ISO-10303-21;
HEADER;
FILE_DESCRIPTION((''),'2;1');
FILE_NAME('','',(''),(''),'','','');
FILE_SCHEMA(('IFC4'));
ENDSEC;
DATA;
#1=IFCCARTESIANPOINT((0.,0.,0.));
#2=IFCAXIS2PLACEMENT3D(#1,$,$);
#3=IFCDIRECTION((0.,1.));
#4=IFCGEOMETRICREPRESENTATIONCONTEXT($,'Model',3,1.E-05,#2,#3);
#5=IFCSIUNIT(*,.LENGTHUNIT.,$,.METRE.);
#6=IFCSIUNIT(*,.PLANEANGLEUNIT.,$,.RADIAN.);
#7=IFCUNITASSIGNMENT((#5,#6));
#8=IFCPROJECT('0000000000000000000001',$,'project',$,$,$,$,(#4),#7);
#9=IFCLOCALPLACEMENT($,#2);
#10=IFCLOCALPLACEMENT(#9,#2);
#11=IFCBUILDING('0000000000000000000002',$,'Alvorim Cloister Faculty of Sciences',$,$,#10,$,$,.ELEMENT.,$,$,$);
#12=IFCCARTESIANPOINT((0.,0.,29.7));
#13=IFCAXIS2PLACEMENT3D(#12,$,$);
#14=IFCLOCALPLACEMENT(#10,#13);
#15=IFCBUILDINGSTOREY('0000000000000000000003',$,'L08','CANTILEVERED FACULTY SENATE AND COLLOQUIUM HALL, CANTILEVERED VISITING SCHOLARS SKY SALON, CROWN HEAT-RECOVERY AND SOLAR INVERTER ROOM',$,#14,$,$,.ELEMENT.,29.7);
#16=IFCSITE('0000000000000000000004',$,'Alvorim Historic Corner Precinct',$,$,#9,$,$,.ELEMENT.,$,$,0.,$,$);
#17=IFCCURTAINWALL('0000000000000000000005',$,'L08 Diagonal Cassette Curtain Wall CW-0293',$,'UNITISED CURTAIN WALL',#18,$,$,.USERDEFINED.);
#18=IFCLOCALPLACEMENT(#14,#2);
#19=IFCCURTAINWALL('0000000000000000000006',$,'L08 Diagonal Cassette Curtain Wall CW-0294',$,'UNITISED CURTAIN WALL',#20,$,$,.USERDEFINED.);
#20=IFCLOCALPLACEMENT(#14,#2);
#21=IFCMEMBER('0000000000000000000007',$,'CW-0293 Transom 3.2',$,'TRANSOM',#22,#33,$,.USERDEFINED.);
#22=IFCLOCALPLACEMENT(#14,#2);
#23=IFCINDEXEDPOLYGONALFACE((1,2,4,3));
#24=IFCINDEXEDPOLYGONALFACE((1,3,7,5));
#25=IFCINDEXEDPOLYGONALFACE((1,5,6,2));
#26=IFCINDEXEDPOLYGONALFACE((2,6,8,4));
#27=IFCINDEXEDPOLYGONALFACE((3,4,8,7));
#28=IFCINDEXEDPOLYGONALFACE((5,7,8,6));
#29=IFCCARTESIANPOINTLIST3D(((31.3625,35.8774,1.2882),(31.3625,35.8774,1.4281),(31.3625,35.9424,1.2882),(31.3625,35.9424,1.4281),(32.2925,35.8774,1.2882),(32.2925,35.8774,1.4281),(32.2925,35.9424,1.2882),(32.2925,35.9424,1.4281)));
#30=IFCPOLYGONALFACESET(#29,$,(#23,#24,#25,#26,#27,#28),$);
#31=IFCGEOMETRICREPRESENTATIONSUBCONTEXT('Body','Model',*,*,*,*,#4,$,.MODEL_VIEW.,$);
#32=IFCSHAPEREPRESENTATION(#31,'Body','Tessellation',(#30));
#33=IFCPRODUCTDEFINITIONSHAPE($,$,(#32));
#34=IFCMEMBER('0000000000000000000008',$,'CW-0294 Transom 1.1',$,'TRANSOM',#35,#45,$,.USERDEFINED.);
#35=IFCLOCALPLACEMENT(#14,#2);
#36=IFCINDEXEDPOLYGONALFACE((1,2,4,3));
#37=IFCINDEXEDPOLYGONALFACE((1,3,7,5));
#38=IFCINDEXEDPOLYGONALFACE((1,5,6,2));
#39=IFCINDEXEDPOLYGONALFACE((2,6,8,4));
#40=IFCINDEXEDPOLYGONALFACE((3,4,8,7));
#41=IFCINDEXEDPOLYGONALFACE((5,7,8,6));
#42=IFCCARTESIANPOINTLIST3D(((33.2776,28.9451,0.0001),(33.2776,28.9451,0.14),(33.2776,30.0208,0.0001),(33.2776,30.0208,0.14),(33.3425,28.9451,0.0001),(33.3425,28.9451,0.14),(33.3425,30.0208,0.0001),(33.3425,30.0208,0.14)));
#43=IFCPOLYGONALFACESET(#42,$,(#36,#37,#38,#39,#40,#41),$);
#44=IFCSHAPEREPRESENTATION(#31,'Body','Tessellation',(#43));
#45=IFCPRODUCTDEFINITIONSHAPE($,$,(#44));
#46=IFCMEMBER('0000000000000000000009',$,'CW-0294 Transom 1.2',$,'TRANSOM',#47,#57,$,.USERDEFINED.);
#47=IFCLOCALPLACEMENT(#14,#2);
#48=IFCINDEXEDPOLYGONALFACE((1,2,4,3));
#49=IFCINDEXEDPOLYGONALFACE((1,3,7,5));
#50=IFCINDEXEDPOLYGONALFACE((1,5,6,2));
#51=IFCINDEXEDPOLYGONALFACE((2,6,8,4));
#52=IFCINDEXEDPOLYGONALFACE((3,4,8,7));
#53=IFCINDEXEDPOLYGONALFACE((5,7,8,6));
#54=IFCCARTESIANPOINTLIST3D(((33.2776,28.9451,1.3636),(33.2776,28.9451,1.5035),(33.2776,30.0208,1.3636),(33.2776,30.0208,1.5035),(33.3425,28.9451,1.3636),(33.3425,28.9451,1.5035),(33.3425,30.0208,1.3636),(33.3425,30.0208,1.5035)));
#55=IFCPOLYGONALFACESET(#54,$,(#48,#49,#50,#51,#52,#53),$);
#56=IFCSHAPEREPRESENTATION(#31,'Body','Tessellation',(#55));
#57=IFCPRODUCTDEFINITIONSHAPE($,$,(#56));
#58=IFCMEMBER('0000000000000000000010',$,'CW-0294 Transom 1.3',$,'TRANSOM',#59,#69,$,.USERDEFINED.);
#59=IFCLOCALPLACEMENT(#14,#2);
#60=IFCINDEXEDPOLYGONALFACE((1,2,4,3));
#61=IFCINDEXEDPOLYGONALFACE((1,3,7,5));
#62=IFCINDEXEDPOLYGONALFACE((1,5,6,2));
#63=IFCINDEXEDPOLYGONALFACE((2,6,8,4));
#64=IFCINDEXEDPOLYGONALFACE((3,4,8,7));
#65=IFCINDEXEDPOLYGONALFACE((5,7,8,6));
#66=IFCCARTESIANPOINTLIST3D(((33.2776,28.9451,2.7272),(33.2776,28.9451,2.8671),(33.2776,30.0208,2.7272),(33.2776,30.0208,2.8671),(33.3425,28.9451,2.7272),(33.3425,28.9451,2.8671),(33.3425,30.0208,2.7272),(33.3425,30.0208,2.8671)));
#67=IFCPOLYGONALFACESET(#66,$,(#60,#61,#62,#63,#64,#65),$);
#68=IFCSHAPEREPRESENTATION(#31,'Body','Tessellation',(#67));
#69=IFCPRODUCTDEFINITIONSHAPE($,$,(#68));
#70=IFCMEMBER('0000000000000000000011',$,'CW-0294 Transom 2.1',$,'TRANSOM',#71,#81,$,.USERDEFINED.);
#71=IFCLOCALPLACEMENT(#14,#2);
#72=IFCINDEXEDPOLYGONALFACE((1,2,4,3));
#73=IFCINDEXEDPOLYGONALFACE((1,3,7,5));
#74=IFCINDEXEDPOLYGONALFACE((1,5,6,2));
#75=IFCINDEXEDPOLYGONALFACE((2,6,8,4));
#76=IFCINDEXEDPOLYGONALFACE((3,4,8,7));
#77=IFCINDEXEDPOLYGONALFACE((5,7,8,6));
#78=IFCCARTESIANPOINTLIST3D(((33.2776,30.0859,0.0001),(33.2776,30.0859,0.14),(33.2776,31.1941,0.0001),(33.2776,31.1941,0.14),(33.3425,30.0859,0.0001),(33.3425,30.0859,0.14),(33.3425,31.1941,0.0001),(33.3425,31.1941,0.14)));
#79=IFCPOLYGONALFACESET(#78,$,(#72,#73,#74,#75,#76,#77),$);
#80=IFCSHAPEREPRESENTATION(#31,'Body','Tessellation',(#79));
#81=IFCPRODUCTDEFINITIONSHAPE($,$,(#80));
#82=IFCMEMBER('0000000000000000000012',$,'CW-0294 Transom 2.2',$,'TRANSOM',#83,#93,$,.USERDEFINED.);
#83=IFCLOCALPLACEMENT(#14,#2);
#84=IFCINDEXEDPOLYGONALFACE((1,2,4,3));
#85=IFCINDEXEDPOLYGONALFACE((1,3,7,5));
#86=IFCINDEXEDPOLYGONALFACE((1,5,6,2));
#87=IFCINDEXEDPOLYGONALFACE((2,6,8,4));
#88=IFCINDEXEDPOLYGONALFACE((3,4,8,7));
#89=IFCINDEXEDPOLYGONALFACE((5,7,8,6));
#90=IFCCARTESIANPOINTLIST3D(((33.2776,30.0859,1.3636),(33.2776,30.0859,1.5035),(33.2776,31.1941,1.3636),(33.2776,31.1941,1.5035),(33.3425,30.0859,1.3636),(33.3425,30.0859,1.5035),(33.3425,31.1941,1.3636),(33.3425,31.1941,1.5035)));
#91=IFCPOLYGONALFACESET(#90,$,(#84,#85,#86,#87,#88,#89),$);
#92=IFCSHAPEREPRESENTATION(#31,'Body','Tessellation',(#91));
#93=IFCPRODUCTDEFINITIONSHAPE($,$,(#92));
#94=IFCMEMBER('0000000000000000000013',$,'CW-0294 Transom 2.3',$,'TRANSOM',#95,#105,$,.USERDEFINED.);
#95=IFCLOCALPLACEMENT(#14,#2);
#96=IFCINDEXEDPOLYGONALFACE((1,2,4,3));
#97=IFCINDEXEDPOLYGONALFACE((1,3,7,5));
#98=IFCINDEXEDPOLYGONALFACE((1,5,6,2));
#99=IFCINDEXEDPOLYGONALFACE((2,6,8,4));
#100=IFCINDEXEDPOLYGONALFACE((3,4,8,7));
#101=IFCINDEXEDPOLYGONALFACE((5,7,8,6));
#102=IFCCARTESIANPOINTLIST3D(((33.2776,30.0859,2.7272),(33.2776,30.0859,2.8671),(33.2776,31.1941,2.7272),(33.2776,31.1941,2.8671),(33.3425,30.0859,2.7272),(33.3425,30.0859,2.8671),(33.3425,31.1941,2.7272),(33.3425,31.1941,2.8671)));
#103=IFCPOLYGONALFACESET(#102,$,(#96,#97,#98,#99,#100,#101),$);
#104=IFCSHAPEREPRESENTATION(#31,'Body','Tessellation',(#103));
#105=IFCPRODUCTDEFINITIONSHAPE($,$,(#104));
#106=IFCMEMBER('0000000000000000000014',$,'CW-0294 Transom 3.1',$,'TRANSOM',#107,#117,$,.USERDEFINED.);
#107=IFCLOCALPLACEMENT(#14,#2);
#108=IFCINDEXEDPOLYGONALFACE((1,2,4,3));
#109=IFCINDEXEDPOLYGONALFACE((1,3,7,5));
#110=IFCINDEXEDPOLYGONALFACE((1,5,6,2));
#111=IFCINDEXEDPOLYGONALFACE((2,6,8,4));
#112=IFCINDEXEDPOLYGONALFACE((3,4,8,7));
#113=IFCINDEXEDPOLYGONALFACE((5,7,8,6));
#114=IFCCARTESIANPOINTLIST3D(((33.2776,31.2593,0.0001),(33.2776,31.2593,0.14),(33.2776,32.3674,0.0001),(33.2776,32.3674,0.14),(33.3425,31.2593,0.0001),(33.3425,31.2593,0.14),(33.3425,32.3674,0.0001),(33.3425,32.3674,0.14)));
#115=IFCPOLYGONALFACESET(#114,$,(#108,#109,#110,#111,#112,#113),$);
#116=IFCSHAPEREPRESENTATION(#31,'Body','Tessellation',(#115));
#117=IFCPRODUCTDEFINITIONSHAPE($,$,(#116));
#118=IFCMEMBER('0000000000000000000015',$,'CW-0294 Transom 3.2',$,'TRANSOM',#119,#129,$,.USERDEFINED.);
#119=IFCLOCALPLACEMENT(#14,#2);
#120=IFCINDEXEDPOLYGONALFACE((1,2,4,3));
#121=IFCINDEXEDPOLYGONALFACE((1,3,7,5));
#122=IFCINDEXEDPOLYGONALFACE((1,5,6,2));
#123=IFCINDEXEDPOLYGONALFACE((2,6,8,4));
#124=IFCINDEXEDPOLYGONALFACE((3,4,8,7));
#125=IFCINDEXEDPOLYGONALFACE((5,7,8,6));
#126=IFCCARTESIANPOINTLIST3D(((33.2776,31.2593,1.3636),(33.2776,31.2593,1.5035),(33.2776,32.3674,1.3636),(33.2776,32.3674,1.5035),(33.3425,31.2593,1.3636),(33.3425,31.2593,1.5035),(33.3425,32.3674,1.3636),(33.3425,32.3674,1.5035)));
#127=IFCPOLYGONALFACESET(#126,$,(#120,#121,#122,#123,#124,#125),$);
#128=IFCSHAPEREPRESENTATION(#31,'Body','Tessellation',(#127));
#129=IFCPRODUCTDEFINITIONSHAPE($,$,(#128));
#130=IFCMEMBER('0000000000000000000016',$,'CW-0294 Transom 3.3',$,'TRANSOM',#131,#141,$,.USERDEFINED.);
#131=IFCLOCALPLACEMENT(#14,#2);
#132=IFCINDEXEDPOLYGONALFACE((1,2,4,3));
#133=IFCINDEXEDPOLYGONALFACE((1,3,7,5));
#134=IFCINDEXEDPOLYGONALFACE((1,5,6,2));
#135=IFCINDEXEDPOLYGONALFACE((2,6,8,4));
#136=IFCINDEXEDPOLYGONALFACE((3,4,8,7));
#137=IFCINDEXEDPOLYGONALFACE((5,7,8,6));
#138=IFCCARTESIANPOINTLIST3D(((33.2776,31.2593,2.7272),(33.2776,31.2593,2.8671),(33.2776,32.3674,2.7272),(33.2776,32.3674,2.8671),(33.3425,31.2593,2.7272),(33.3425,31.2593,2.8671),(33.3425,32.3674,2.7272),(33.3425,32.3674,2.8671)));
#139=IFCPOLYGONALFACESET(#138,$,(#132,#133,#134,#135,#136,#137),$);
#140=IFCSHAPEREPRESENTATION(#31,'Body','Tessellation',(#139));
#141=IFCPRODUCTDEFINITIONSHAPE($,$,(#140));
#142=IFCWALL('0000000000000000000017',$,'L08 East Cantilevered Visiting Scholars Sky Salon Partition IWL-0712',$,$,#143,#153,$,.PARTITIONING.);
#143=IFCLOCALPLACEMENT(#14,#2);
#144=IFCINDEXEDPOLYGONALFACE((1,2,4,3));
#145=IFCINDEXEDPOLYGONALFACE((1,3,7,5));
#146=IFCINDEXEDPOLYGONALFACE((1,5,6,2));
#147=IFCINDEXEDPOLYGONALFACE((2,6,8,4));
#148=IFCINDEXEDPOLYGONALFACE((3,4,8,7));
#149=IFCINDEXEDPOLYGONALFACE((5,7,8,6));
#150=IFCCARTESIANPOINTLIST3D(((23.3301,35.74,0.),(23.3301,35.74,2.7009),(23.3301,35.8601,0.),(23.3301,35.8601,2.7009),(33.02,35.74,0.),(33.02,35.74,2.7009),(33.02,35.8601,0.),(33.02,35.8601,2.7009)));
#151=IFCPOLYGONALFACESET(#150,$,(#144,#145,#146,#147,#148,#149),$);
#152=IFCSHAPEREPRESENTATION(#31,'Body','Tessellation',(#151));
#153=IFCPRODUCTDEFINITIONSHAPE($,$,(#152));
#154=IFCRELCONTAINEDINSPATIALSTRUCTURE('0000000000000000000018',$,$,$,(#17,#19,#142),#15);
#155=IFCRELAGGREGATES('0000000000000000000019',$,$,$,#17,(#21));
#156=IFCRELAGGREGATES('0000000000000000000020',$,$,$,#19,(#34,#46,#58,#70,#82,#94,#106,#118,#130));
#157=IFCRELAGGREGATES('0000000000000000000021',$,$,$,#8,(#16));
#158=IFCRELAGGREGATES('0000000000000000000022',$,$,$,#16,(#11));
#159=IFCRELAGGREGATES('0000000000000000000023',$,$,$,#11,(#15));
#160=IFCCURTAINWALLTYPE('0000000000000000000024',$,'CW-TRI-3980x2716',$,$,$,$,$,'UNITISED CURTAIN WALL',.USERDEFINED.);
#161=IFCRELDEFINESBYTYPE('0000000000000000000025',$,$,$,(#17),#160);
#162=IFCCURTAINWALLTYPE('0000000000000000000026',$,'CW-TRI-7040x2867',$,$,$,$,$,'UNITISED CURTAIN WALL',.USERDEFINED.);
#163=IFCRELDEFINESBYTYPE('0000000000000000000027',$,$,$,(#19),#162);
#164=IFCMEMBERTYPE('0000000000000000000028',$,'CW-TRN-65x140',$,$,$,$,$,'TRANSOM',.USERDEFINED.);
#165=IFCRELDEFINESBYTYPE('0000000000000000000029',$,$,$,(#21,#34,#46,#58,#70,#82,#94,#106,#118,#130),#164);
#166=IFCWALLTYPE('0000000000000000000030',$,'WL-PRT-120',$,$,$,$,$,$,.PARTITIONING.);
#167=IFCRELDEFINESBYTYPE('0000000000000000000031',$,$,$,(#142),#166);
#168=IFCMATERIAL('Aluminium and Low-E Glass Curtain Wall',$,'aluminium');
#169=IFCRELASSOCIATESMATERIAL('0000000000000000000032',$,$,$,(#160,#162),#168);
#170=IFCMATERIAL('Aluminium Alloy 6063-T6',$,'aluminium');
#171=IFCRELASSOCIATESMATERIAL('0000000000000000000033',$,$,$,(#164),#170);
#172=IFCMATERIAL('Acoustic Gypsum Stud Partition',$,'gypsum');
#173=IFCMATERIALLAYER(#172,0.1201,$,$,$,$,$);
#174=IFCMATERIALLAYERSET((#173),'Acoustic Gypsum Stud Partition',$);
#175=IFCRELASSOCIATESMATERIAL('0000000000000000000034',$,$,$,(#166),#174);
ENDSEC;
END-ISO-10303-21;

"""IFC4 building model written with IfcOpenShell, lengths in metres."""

from ifc_helpers import new_model, si_unit, direction, frame, frame_2d, origin, origin_2d, place, context, subcontext, project, spatial, rectangle, extrude, material, layer, layer_set, material_profile, profile_set, type_object, element, aggregate, save


model = new_model("IFC4")

# Units and contexts
model_context = context("Model", 3, precision=1e-05, world=origin(), true_north=direction((0.0, 1.0)))
body_context = subcontext(model_context, "Body", "Model", "MODEL_VIEW")
ifc_project = project(units=[si_unit("LENGTHUNIT", "METRE"), si_unit("PLANEANGLEUNIT", "RADIAN")], contexts=[model_context])

# Site, building, storey
site_placement = place(None, origin())
site = spatial("IfcSite", under=ifc_project, at=site_placement, Name="Alvorim Historic Corner Precinct", CompositionType="ELEMENT", RefElevation=0.0)
building_placement = place(site_placement, origin())
building = spatial("IfcBuilding", under=site, at=building_placement, Name="Alvorim Cloister Faculty of Sciences", CompositionType="ELEMENT")
storey_placement = place(building_placement, frame((0.0, 0.0, 29.7)))
storey = spatial("IfcBuildingStorey", under=building, at=storey_placement, Name="L08", Description="CANTILEVERED FACULTY SENATE AND COLLOQUIUM HALL, CANTILEVERED VISITING SCHOLARS SKY SALON, CROWN HEAT-RECOVERY AND SOLAR INVERTER ROOM", CompositionType="ELEMENT", Elevation=29.7)

# Curtain walls
ifc_material_1 = material(Name="Aluminium and Low-E Glass Curtain Wall", Category="aluminium")
curtain_wall_type_1 = type_object("IfcCurtainWallType", Name="CW-TRI-3980x2716", ElementType="UNITISED CURTAIN WALL", PredefinedType="USERDEFINED", material=ifc_material_1)
curtain_wall_1_placement = place(storey_placement, origin())
curtain_wall_1 = element("IfcCurtainWall", 1, at=curtain_wall_1_placement, inside=storey, type_object=curtain_wall_type_1, Name="L08 Diagonal Cassette Curtain Wall CW-0293", ObjectType="UNITISED CURTAIN WALL", PredefinedType="USERDEFINED")
ifc_material_2 = material(Name="Aluminium Alloy 6063-T6", Category="aluminium")
curtain_wall_type_2 = type_object("IfcCurtainWallType", Name="CW-TRI-7040x2867", ElementType="UNITISED CURTAIN WALL", PredefinedType="USERDEFINED", material=ifc_material_1)
curtain_wall_2_placement = place(storey_placement, origin())
curtain_wall_2 = element("IfcCurtainWall", 2, at=curtain_wall_2_placement, inside=storey, type_object=curtain_wall_type_2, Name="L08 Diagonal Cassette Curtain Wall CW-0294", ObjectType="UNITISED CURTAIN WALL", PredefinedType="USERDEFINED")

# Members
ifc_material_profile_1 = material_profile(ifc_material_2, rectangle(XDim=0.0649, YDim=0.1399, at=origin_2d()), Name="ALU-TRN-65x140")
ifc_profile_set_1 = profile_set([ifc_material_profile_1], Name="Aluminium Alloy 6063-T6")
member_type_1 = type_object("IfcMemberType", Name="CW-TRN-65x140", ElementType="TRANSOM", PredefinedType="USERDEFINED", material=ifc_profile_set_1)
member_1_placement = place(storey_placement, frame((31.3625, 35.9099, 1.3582), z_axis=(1.0, 0.0, 0.0), x_axis=(0.0, 1.0, 0.0)))
member_1 = element("IfcMember", 3, at=member_1_placement, type_object=member_type_1, Name="CW-0293 Transom 3.2", ObjectType="TRANSOM", PredefinedType="USERDEFINED", context=body_context, shape_type="SweptSolid", body=[
    extrude(rectangle(XDim=0.0649, YDim=0.1399, at=origin_2d()), origin(), (0.0, 0.0, 1.0), 0.9299),
])
aggregate(curtain_wall_1, [member_1])
member_2_placement = place(storey_placement, frame((33.3101, 28.9451, 0.0701), z_axis=(0.0, 1.0, 0.0), x_axis=(-1.0, 0.0, 0.0)))
member_2 = element("IfcMember", 4, at=member_2_placement, type_object=member_type_1, Name="CW-0294 Transom 1.1", ObjectType="TRANSOM", PredefinedType="USERDEFINED", context=body_context, shape_type="SweptSolid", body=[
    extrude(rectangle(XDim=0.0649, YDim=0.1399, at=origin_2d()), origin(), (0.0, 0.0, 1.0), 1.0757),
])
member_3_placement = place(storey_placement, frame((33.3101, 28.9451, 1.4336), z_axis=(0.0, 1.0, 0.0), x_axis=(-1.0, 0.0, 0.0)))
member_3 = element("IfcMember", 5, at=member_3_placement, type_object=member_type_1, Name="CW-0294 Transom 1.2", ObjectType="TRANSOM", PredefinedType="USERDEFINED", context=body_context, shape_type="SweptSolid", body=[
    extrude(rectangle(XDim=0.0649, YDim=0.1399, at=origin_2d()), origin(), (0.0, 0.0, 1.0), 1.0757),
])
member_4_placement = place(storey_placement, frame((33.3101, 28.9451, 2.7971), z_axis=(0.0, 1.0, 0.0), x_axis=(-1.0, 0.0, 0.0)))
member_4 = element("IfcMember", 6, at=member_4_placement, type_object=member_type_1, Name="CW-0294 Transom 1.3", ObjectType="TRANSOM", PredefinedType="USERDEFINED", context=body_context, shape_type="SweptSolid", body=[
    extrude(rectangle(XDim=0.0649, YDim=0.1399, at=origin_2d()), origin(), (0.0, 0.0, 1.0), 1.0757),
])
member_5_placement = place(storey_placement, frame((33.3101, 30.0859, 0.0701), z_axis=(0.0, 1.0, 0.0), x_axis=(-1.0, 0.0, 0.0)))
member_5 = element("IfcMember", 7, at=member_5_placement, type_object=member_type_1, Name="CW-0294 Transom 2.1", ObjectType="TRANSOM", PredefinedType="USERDEFINED", context=body_context, shape_type="SweptSolid", body=[
    extrude(rectangle(XDim=0.0649, YDim=0.1399, at=origin_2d()), origin(), (0.0, 0.0, 1.0), 1.1082),
])
member_6_placement = place(storey_placement, frame((33.3101, 30.0859, 1.4336), z_axis=(0.0, 1.0, 0.0), x_axis=(-1.0, 0.0, 0.0)))
member_6 = element("IfcMember", 8, at=member_6_placement, type_object=member_type_1, Name="CW-0294 Transom 2.2", ObjectType="TRANSOM", PredefinedType="USERDEFINED", context=body_context, shape_type="SweptSolid", body=[
    extrude(rectangle(XDim=0.0649, YDim=0.1399, at=origin_2d()), origin(), (0.0, 0.0, 1.0), 1.1082),
])
member_7_placement = place(storey_placement, frame((33.3101, 30.0859, 2.7971), z_axis=(0.0, 1.0, 0.0), x_axis=(-1.0, 0.0, 0.0)))
member_7 = element("IfcMember", 9, at=member_7_placement, type_object=member_type_1, Name="CW-0294 Transom 2.3", ObjectType="TRANSOM", PredefinedType="USERDEFINED", context=body_context, shape_type="SweptSolid", body=[
    extrude(rectangle(XDim=0.0649, YDim=0.1399, at=origin_2d()), origin(), (0.0, 0.0, 1.0), 1.1082),
])
member_8_placement = place(storey_placement, frame((33.3101, 31.2593, 0.0701), z_axis=(0.0, 1.0, 0.0), x_axis=(-1.0, 0.0, 0.0)))
member_8 = element("IfcMember", 10, at=member_8_placement, type_object=member_type_1, Name="CW-0294 Transom 3.1", ObjectType="TRANSOM", PredefinedType="USERDEFINED", context=body_context, shape_type="SweptSolid", body=[
    extrude(rectangle(XDim=0.0649, YDim=0.1399, at=origin_2d()), origin(), (0.0, 0.0, 1.0), 1.1082),
])
member_9_placement = place(storey_placement, frame((33.3101, 31.2593, 1.4336), z_axis=(0.0, 1.0, 0.0), x_axis=(-1.0, 0.0, 0.0)))
member_9 = element("IfcMember", 11, at=member_9_placement, type_object=member_type_1, Name="CW-0294 Transom 3.2", ObjectType="TRANSOM", PredefinedType="USERDEFINED", context=body_context, shape_type="SweptSolid", body=[
    extrude(rectangle(XDim=0.0649, YDim=0.1399, at=origin_2d()), origin(), (0.0, 0.0, 1.0), 1.1082),
])
member_10_placement = place(storey_placement, frame((33.3101, 31.2593, 2.7971), z_axis=(0.0, 1.0, 0.0), x_axis=(-1.0, 0.0, 0.0)))
member_10 = element("IfcMember", 12, at=member_10_placement, type_object=member_type_1, Name="CW-0294 Transom 3.3", ObjectType="TRANSOM", PredefinedType="USERDEFINED", context=body_context, shape_type="SweptSolid", body=[
    extrude(rectangle(XDim=0.0649, YDim=0.1399, at=origin_2d()), origin(), (0.0, 0.0, 1.0), 1.1082),
])
aggregate(curtain_wall_2, [member_2, member_3, member_4, member_5, member_6, member_7, member_8, member_9, member_10])

# Wall
ifc_material_3 = material(Name="Acoustic Gypsum Stud Partition", Category="gypsum")
ifc_layer = layer(ifc_material_3, 0.1201)
ifc_layer_set = layer_set([ifc_layer], Name="Acoustic Gypsum Stud Partition")
wall_type = type_object("IfcWallType", Name="WL-PRT-120", PredefinedType="PARTITIONING", material=ifc_layer_set)
wall_placement = place(storey_placement, frame((23.3301, 35.8, 0.0), z_axis=(0.0, 0.0, 1.0), x_axis=(1.0, 0.0, 0.0)))
element("IfcWall", 13, at=wall_placement, inside=storey, type_object=wall_type, Name="L08 East Cantilevered Visiting Scholars Sky Salon Partition IWL-0712", PredefinedType="PARTITIONING", context=body_context, shape_type="SweptSolid", body=[
    extrude(rectangle(XDim=9.6899, YDim=0.1201, at=frame_2d((4.845, 0.0))), origin(), (0.0, 0.0, 1.0), 2.7009),
])

save(model, "model.ifc")
